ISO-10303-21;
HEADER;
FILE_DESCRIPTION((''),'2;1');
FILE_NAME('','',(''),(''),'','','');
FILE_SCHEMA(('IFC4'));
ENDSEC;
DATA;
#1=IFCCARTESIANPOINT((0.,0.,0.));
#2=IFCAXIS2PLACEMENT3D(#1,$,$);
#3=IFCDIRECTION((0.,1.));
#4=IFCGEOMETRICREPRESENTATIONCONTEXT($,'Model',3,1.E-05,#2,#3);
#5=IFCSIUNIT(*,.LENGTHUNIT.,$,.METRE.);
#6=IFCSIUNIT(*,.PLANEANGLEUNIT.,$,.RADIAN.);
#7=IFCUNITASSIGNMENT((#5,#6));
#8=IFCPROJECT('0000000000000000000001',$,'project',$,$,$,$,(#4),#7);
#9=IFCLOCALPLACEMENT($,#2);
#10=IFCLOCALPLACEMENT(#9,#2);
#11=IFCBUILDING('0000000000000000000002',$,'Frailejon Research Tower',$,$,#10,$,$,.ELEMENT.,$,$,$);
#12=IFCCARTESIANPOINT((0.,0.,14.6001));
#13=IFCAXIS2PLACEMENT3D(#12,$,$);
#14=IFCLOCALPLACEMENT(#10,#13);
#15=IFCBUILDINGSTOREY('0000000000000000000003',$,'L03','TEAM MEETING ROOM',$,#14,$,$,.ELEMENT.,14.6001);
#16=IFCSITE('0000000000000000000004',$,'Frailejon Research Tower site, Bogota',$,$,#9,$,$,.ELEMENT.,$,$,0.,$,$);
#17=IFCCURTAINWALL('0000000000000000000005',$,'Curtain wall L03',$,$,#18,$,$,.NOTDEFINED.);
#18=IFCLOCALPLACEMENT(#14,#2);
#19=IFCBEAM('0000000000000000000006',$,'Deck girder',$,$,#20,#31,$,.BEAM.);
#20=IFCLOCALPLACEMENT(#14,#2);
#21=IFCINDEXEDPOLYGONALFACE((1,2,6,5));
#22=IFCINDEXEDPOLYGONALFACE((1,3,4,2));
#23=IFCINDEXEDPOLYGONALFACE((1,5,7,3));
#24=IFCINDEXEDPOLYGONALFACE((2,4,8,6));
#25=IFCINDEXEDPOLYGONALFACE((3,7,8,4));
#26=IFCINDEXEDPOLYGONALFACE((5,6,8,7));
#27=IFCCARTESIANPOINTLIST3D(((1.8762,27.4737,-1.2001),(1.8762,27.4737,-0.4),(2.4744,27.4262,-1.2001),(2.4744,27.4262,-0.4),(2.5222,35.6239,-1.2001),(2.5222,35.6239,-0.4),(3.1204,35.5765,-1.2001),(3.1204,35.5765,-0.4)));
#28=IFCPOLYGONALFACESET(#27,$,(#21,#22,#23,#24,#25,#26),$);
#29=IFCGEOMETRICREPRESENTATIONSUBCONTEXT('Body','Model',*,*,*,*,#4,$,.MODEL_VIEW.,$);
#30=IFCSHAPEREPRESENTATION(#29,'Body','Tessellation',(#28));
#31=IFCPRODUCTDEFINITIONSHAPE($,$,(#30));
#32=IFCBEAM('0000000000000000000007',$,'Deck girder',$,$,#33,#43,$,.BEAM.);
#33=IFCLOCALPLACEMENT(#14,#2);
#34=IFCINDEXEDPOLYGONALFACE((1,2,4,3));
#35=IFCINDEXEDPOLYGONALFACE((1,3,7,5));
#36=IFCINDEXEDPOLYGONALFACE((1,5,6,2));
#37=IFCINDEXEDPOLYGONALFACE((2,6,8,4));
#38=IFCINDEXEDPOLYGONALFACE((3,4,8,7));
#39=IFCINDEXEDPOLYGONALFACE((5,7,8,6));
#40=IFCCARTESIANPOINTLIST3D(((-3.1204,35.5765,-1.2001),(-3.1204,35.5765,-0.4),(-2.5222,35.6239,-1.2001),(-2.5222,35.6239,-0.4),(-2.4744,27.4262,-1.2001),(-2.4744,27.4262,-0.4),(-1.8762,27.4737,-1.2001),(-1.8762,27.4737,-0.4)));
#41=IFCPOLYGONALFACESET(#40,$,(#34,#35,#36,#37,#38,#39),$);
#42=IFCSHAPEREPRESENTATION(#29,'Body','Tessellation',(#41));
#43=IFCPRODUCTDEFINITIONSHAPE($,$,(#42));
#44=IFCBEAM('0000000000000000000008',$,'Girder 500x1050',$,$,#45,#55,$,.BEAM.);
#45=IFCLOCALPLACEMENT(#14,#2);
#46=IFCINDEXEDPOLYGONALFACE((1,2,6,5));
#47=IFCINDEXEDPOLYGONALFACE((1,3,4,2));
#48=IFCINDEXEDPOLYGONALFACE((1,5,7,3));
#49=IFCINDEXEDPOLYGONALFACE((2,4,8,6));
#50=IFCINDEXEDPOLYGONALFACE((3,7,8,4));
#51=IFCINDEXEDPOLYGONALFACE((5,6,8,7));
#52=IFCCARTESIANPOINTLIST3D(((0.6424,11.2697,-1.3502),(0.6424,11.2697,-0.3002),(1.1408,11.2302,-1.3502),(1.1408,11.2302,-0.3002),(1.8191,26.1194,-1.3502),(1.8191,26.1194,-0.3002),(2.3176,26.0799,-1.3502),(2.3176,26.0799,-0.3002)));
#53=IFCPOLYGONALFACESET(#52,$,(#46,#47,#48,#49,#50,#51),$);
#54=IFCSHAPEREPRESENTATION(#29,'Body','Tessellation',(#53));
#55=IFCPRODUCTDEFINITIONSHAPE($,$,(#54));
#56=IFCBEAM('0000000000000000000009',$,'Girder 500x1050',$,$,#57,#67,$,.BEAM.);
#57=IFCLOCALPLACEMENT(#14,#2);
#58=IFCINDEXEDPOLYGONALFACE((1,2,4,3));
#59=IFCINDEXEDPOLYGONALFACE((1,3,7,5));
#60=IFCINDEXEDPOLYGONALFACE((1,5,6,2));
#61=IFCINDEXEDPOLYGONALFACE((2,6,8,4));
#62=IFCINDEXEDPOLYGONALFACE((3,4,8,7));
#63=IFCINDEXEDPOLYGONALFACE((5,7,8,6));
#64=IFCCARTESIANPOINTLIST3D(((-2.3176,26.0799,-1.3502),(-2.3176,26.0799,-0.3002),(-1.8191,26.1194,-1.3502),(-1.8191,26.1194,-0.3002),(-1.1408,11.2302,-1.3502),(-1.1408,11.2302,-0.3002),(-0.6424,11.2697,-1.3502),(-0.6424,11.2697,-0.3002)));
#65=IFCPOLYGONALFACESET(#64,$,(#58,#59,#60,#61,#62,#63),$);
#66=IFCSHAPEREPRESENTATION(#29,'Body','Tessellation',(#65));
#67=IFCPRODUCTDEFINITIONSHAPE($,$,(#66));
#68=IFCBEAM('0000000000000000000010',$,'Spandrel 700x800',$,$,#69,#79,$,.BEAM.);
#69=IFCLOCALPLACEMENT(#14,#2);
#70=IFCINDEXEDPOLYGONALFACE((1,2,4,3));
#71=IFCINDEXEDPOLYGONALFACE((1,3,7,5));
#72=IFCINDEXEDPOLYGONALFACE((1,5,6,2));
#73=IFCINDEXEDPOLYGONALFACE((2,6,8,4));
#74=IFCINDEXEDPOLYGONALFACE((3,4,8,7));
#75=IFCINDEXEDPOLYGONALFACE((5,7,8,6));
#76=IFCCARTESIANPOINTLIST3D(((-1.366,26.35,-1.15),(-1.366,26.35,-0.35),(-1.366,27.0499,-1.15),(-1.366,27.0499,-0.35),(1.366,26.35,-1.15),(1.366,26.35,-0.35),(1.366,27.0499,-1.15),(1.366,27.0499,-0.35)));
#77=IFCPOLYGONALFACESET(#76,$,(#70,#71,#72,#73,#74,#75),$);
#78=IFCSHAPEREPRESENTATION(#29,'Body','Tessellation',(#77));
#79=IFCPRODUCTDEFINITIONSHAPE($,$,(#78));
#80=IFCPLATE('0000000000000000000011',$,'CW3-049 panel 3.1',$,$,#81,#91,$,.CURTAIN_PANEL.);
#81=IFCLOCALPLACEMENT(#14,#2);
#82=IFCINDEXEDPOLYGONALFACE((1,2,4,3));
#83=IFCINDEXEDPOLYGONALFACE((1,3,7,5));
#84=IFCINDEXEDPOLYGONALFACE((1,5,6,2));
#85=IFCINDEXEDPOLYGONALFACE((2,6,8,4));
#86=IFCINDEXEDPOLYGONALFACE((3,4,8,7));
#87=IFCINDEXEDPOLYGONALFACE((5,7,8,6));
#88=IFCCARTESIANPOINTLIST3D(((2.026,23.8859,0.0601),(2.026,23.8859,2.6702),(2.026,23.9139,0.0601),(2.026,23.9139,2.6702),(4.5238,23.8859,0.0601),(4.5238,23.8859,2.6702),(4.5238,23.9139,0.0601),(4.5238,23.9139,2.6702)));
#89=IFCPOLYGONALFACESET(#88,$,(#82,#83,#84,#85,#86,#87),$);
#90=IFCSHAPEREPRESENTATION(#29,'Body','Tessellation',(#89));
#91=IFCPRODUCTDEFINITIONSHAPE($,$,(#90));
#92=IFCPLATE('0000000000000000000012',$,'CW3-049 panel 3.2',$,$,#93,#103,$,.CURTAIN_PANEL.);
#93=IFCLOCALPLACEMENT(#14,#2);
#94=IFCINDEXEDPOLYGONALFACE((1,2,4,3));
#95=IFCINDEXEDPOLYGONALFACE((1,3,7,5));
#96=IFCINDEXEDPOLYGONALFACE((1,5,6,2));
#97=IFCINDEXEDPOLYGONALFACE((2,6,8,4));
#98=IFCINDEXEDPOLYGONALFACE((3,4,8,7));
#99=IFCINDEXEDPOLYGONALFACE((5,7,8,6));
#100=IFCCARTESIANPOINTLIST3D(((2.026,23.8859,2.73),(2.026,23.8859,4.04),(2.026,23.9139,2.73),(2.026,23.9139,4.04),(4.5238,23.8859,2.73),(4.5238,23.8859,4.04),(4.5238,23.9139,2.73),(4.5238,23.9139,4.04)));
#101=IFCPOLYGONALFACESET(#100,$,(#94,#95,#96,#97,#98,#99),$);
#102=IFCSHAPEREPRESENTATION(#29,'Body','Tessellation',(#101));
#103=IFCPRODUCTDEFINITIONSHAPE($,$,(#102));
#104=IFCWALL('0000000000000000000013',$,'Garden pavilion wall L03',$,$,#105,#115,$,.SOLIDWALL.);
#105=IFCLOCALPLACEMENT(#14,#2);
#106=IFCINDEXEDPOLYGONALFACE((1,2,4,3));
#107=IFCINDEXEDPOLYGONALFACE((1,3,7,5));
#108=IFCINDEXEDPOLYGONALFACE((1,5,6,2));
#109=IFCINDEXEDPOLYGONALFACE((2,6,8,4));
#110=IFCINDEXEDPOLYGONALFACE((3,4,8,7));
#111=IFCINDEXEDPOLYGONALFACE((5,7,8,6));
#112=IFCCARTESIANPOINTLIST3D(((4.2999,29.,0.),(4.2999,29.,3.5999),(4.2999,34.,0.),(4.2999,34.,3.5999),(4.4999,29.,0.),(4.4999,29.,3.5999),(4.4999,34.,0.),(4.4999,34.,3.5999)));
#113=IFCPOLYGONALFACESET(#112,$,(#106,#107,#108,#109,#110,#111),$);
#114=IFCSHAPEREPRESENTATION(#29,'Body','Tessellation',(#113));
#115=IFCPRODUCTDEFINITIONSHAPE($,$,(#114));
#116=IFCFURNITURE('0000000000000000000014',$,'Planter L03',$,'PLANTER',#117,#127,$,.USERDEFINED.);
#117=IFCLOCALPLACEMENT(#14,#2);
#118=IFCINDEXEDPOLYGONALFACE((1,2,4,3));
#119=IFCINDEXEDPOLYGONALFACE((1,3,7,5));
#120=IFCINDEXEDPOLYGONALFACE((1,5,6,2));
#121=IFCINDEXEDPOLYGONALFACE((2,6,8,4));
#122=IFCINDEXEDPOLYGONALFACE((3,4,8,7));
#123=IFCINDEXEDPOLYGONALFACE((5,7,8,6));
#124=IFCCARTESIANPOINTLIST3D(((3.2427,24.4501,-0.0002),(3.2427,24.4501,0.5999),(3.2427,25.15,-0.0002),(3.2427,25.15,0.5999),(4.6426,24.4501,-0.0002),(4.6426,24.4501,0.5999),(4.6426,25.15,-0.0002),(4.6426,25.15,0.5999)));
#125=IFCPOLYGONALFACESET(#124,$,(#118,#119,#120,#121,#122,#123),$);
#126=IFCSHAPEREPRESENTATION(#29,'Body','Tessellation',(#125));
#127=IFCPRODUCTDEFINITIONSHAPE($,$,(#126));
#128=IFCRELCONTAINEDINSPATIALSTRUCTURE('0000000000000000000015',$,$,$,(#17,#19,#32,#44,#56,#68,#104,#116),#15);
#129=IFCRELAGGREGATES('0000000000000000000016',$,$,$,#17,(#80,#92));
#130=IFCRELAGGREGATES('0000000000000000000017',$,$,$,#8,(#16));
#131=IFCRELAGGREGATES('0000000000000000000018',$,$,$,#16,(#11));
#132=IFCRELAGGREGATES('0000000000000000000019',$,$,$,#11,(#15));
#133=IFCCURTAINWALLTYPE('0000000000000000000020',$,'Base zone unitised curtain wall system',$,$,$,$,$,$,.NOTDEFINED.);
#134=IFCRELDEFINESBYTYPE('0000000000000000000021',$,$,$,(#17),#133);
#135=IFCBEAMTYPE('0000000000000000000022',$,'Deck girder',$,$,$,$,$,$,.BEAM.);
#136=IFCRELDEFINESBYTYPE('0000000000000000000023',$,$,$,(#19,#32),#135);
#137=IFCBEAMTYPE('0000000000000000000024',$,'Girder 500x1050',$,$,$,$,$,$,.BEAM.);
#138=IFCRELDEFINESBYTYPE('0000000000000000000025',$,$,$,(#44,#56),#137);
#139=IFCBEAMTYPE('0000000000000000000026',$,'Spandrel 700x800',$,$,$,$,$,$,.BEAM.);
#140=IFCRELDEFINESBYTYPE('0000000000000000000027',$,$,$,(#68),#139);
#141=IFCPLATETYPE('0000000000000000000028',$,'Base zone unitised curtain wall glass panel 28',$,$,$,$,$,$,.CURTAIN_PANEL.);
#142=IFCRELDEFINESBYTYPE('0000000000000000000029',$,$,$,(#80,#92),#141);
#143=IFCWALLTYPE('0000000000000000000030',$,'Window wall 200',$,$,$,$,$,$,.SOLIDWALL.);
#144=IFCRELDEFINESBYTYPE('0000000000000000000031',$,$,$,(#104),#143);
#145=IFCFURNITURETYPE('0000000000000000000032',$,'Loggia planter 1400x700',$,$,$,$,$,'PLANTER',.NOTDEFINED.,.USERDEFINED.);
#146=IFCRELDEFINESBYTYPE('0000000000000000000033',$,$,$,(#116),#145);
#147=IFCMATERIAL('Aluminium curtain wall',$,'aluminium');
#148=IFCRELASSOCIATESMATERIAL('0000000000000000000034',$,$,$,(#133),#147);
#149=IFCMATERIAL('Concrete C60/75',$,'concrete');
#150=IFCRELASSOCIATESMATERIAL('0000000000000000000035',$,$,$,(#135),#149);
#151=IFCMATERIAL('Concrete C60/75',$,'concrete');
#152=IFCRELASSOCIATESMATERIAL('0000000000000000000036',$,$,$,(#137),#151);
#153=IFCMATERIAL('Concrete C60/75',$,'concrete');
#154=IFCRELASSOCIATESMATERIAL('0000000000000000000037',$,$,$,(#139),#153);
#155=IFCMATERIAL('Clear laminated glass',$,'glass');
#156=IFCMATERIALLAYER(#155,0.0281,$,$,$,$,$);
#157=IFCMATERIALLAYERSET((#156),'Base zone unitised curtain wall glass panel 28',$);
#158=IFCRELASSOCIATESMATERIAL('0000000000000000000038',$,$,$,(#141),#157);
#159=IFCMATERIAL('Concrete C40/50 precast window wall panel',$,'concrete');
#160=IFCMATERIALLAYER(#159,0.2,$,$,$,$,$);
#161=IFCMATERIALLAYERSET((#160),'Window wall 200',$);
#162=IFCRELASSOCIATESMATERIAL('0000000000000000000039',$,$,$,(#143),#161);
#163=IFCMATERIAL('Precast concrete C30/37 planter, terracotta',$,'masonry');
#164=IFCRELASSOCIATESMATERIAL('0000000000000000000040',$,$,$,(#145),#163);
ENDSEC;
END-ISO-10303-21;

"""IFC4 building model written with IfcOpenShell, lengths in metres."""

from ifc_helpers import new_model, si_unit, direction, frame, frame_2d, origin, origin_2d, place, context, subcontext, project, spatial, rectangle, extrude, material, layer, layer_set, material_profile, profile_set, type_object, element, aggregate, save


model = new_model("IFC4")

# Units and contexts
model_context = context("Model", 3, precision=1e-05, world=origin(), true_north=direction((0.0, 1.0)))
body_context = subcontext(model_context, "Body", "Model", "MODEL_VIEW")
ifc_project = project(units=[si_unit("LENGTHUNIT", "METRE"), si_unit("PLANEANGLEUNIT", "RADIAN")], contexts=[model_context])

# Site, building, storey
site_placement = place(None, origin())
site = spatial("IfcSite", under=ifc_project, at=site_placement, Name="Frailejon Research Tower site, Bogota", CompositionType="ELEMENT", RefElevation=0.0)
building_placement = place(site_placement, origin())
building = spatial("IfcBuilding", under=site, at=building_placement, Name="Frailejon Research Tower", CompositionType="ELEMENT")
storey_placement = place(building_placement, frame((0.0, 0.0, 14.6001)))
storey = spatial("IfcBuildingStorey", under=building, at=storey_placement, Name="L03", Description="TEAM MEETING ROOM", CompositionType="ELEMENT", Elevation=14.6001)

# Curtain wall
ifc_material_1 = material(Name="Aluminium curtain wall", Category="aluminium")
curtain_wall_type = type_object("IfcCurtainWallType", Name="Base zone unitised curtain wall system", PredefinedType="NOTDEFINED", material=ifc_material_1)
curtain_wall_1_placement = place(storey_placement, origin())
curtain_wall_1 = element("IfcCurtainWall", 1, at=curtain_wall_1_placement, inside=storey, type_object=curtain_wall_type, Name="Curtain wall L03", PredefinedType="NOTDEFINED")

# Beams
ifc_material_2 = material(Name="Concrete C60/75", Category="concrete")
ifc_material_profile_1 = material_profile(ifc_material_2, rectangle(XDim=0.6001, YDim=0.8, at=origin_2d()), Name="Deck girder")
ifc_profile_set_1 = profile_set([ifc_material_profile_1], Name="Concrete C60/75")
beam_type_1 = type_object("IfcBeamType", Name="Deck girder", PredefinedType="BEAM", material=ifc_profile_set_1)
for number, where, z_axis, x_axis, name in (
    (2, (2.1753, 27.45, -0.8), (0.079014, 0.996873, 0.0), (-0.996873, 0.079014, 0.0), "Deck girder"),
    (3, (-2.1753, 27.45, -0.8), (-0.079014, 0.996873, 0.0), (-0.996873, -0.079014, 0.0), "Deck girder"),
):
    element("IfcBeam", number, at=place(storey_placement, frame(where, z_axis=z_axis, x_axis=x_axis)), inside=storey, type_object=beam_type_1, Name=name, PredefinedType="BEAM", context=body_context, shape_type="SweptSolid", body=[
        extrude(rectangle(XDim=0.6001, YDim=0.8, at=origin_2d()), origin(), (0.0, 0.0, 1.0), 8.1758),
    ])
ifc_material_3 = material(Name="Concrete C60/75", Category="concrete")
ifc_material_profile_2 = material_profile(ifc_material_3, rectangle(XDim=0.5, YDim=1.05, at=origin_2d()), Name="Girder 500x1050")
ifc_profile_set_2 = profile_set([ifc_material_profile_2], Name="Concrete C60/75")
beam_type_2 = type_object("IfcBeamType", Name="Girder 500x1050", PredefinedType="BEAM", material=ifc_profile_set_2)
for number, where, z_axis, x_axis, name in (
    (4, (2.0684, 26.0996, -0.8252), (-0.078997, -0.996875, 0.0), (0.996875, -0.078997, 0.0), "Girder 500x1050"),
    (5, (-2.0684, 26.0996, -0.8252), (0.078997, -0.996875, 0.0), (0.996875, 0.078997, 0.0), "Girder 500x1050"),
):
    element("IfcBeam", number, at=place(storey_placement, frame(where, z_axis=z_axis, x_axis=x_axis)), inside=storey, type_object=beam_type_2, Name=name, PredefinedType="BEAM", context=body_context, shape_type="SweptSolid", body=[
        extrude(rectangle(XDim=0.5, YDim=1.05, at=origin_2d()), origin(), (0.0, 0.0, 1.0), 14.8962),
    ])
ifc_material_4 = material(Name="Concrete C60/75", Category="concrete")
ifc_material_profile_3 = material_profile(ifc_material_4, rectangle(XDim=0.7, YDim=0.8, at=origin_2d()), Name="Spandrel 700x800")
ifc_profile_set_3 = profile_set([ifc_material_profile_3], Name="Concrete C60/75")
beam_type_3 = type_object("IfcBeamType", Name="Spandrel 700x800", PredefinedType="BEAM", material=ifc_profile_set_3)
beam_1_placement = place(storey_placement, frame((1.366, 26.7, -0.75), z_axis=(-1.0, 0.0, 0.0), x_axis=(0.0, -1.0, 0.0)))
element("IfcBeam", 6, at=beam_1_placement, inside=storey, type_object=beam_type_3, Name="Spandrel 700x800", PredefinedType="BEAM", context=body_context, shape_type="SweptSolid", body=[
    extrude(rectangle(XDim=0.7, YDim=0.8, at=origin_2d()), origin(), (0.0, 0.0, 1.0), 2.7319),
])

# Plates
ifc_material_5 = material(Name="Clear laminated glass", Category="glass")
ifc_layer_1 = layer(ifc_material_5, 0.0281)
ifc_layer_set_1 = layer_set([ifc_layer_1], Name="Base zone unitised curtain wall glass panel 28")
plate_type = type_object("IfcPlateType", Name="Base zone unitised curtain wall glass panel 28", PredefinedType="CURTAIN_PANEL", material=ifc_layer_set_1)
plate_1_placement = place(storey_placement, frame((3.2749, 23.8999, 0.0601), z_axis=(0.0, 0.0, 1.0), x_axis=(-1.0, 0.0, 0.0)))
plate_1 = element("IfcPlate", 7, at=plate_1_placement, type_object=plate_type, Name="CW3-049 panel 3.1", PredefinedType="CURTAIN_PANEL", context=body_context, shape_type="SweptSolid", body=[
    extrude(rectangle(XDim=2.4978, YDim=0.0281, at=origin_2d()), origin(), (0.0, 0.0, 1.0), 2.6101),
])
plate_2_placement = place(storey_placement, frame((3.2749, 23.8999, 2.73), z_axis=(0.0, 0.0, 1.0), x_axis=(-1.0, 0.0, 0.0)))
plate_2 = element("IfcPlate", 8, at=plate_2_placement, type_object=plate_type, Name="CW3-049 panel 3.2", PredefinedType="CURTAIN_PANEL", context=body_context, shape_type="SweptSolid", body=[
    extrude(rectangle(XDim=2.4978, YDim=0.0281, at=origin_2d()), origin(), (0.0, 0.0, 1.0), 1.3101),
])
aggregate(curtain_wall_1, [plate_1, plate_2])

# Shared definitions
ifc_material_6 = material(Name="Concrete C40/50 precast window wall panel", Category="concrete")
ifc_layer_2 = layer(ifc_material_6, 0.2)
ifc_layer_set_2 = layer_set([ifc_layer_2], Name="Window wall 200")
wall_type = type_object("IfcWallType", Name="Window wall 200", PredefinedType="SOLIDWALL", material=ifc_layer_set_2)

# Wall
wall_1_placement = place(storey_placement, frame((4.3999, 34.0, 0.0), z_axis=(0.0, 0.0, 1.0), x_axis=(0.0, -1.0, 0.0)))
element("IfcWall", 9, at=wall_1_placement, inside=storey, type_object=wall_type, Name="Garden pavilion wall L03", PredefinedType="SOLIDWALL", context=body_context, shape_type="SweptSolid", body=[
    extrude(rectangle(XDim=5.0, YDim=0.2, at=frame_2d((2.5, 0.0))), origin(), (0.0, 0.0, 1.0), 3.5999),
])

# Furniture
ifc_material_7 = material(Name="Precast concrete C30/37 planter, terracotta", Category="masonry")
furniture_type = type_object("IfcFurnitureType", Name="Loggia planter 1400x700", ElementType="PLANTER", AssemblyPlace="NOTDEFINED", PredefinedType="USERDEFINED", material=ifc_material_7)
furniture_placement = place(storey_placement, frame((3.9426, 24.8, -0.0002), z_axis=(0.0, 0.0, 1.0), x_axis=(-1.0, 0.0, 0.0)))
element("IfcFurniture", 10, at=furniture_placement, inside=storey, type_object=furniture_type, Name="Planter L03", ObjectType="PLANTER", PredefinedType="USERDEFINED", context=body_context, shape_type="SweptSolid", body=[
    extrude(rectangle(XDim=1.3999, YDim=0.7, at=origin_2d()), origin(), (0.0, 0.0, 1.0), 0.6001),
])

save(model, "model.ifc")
